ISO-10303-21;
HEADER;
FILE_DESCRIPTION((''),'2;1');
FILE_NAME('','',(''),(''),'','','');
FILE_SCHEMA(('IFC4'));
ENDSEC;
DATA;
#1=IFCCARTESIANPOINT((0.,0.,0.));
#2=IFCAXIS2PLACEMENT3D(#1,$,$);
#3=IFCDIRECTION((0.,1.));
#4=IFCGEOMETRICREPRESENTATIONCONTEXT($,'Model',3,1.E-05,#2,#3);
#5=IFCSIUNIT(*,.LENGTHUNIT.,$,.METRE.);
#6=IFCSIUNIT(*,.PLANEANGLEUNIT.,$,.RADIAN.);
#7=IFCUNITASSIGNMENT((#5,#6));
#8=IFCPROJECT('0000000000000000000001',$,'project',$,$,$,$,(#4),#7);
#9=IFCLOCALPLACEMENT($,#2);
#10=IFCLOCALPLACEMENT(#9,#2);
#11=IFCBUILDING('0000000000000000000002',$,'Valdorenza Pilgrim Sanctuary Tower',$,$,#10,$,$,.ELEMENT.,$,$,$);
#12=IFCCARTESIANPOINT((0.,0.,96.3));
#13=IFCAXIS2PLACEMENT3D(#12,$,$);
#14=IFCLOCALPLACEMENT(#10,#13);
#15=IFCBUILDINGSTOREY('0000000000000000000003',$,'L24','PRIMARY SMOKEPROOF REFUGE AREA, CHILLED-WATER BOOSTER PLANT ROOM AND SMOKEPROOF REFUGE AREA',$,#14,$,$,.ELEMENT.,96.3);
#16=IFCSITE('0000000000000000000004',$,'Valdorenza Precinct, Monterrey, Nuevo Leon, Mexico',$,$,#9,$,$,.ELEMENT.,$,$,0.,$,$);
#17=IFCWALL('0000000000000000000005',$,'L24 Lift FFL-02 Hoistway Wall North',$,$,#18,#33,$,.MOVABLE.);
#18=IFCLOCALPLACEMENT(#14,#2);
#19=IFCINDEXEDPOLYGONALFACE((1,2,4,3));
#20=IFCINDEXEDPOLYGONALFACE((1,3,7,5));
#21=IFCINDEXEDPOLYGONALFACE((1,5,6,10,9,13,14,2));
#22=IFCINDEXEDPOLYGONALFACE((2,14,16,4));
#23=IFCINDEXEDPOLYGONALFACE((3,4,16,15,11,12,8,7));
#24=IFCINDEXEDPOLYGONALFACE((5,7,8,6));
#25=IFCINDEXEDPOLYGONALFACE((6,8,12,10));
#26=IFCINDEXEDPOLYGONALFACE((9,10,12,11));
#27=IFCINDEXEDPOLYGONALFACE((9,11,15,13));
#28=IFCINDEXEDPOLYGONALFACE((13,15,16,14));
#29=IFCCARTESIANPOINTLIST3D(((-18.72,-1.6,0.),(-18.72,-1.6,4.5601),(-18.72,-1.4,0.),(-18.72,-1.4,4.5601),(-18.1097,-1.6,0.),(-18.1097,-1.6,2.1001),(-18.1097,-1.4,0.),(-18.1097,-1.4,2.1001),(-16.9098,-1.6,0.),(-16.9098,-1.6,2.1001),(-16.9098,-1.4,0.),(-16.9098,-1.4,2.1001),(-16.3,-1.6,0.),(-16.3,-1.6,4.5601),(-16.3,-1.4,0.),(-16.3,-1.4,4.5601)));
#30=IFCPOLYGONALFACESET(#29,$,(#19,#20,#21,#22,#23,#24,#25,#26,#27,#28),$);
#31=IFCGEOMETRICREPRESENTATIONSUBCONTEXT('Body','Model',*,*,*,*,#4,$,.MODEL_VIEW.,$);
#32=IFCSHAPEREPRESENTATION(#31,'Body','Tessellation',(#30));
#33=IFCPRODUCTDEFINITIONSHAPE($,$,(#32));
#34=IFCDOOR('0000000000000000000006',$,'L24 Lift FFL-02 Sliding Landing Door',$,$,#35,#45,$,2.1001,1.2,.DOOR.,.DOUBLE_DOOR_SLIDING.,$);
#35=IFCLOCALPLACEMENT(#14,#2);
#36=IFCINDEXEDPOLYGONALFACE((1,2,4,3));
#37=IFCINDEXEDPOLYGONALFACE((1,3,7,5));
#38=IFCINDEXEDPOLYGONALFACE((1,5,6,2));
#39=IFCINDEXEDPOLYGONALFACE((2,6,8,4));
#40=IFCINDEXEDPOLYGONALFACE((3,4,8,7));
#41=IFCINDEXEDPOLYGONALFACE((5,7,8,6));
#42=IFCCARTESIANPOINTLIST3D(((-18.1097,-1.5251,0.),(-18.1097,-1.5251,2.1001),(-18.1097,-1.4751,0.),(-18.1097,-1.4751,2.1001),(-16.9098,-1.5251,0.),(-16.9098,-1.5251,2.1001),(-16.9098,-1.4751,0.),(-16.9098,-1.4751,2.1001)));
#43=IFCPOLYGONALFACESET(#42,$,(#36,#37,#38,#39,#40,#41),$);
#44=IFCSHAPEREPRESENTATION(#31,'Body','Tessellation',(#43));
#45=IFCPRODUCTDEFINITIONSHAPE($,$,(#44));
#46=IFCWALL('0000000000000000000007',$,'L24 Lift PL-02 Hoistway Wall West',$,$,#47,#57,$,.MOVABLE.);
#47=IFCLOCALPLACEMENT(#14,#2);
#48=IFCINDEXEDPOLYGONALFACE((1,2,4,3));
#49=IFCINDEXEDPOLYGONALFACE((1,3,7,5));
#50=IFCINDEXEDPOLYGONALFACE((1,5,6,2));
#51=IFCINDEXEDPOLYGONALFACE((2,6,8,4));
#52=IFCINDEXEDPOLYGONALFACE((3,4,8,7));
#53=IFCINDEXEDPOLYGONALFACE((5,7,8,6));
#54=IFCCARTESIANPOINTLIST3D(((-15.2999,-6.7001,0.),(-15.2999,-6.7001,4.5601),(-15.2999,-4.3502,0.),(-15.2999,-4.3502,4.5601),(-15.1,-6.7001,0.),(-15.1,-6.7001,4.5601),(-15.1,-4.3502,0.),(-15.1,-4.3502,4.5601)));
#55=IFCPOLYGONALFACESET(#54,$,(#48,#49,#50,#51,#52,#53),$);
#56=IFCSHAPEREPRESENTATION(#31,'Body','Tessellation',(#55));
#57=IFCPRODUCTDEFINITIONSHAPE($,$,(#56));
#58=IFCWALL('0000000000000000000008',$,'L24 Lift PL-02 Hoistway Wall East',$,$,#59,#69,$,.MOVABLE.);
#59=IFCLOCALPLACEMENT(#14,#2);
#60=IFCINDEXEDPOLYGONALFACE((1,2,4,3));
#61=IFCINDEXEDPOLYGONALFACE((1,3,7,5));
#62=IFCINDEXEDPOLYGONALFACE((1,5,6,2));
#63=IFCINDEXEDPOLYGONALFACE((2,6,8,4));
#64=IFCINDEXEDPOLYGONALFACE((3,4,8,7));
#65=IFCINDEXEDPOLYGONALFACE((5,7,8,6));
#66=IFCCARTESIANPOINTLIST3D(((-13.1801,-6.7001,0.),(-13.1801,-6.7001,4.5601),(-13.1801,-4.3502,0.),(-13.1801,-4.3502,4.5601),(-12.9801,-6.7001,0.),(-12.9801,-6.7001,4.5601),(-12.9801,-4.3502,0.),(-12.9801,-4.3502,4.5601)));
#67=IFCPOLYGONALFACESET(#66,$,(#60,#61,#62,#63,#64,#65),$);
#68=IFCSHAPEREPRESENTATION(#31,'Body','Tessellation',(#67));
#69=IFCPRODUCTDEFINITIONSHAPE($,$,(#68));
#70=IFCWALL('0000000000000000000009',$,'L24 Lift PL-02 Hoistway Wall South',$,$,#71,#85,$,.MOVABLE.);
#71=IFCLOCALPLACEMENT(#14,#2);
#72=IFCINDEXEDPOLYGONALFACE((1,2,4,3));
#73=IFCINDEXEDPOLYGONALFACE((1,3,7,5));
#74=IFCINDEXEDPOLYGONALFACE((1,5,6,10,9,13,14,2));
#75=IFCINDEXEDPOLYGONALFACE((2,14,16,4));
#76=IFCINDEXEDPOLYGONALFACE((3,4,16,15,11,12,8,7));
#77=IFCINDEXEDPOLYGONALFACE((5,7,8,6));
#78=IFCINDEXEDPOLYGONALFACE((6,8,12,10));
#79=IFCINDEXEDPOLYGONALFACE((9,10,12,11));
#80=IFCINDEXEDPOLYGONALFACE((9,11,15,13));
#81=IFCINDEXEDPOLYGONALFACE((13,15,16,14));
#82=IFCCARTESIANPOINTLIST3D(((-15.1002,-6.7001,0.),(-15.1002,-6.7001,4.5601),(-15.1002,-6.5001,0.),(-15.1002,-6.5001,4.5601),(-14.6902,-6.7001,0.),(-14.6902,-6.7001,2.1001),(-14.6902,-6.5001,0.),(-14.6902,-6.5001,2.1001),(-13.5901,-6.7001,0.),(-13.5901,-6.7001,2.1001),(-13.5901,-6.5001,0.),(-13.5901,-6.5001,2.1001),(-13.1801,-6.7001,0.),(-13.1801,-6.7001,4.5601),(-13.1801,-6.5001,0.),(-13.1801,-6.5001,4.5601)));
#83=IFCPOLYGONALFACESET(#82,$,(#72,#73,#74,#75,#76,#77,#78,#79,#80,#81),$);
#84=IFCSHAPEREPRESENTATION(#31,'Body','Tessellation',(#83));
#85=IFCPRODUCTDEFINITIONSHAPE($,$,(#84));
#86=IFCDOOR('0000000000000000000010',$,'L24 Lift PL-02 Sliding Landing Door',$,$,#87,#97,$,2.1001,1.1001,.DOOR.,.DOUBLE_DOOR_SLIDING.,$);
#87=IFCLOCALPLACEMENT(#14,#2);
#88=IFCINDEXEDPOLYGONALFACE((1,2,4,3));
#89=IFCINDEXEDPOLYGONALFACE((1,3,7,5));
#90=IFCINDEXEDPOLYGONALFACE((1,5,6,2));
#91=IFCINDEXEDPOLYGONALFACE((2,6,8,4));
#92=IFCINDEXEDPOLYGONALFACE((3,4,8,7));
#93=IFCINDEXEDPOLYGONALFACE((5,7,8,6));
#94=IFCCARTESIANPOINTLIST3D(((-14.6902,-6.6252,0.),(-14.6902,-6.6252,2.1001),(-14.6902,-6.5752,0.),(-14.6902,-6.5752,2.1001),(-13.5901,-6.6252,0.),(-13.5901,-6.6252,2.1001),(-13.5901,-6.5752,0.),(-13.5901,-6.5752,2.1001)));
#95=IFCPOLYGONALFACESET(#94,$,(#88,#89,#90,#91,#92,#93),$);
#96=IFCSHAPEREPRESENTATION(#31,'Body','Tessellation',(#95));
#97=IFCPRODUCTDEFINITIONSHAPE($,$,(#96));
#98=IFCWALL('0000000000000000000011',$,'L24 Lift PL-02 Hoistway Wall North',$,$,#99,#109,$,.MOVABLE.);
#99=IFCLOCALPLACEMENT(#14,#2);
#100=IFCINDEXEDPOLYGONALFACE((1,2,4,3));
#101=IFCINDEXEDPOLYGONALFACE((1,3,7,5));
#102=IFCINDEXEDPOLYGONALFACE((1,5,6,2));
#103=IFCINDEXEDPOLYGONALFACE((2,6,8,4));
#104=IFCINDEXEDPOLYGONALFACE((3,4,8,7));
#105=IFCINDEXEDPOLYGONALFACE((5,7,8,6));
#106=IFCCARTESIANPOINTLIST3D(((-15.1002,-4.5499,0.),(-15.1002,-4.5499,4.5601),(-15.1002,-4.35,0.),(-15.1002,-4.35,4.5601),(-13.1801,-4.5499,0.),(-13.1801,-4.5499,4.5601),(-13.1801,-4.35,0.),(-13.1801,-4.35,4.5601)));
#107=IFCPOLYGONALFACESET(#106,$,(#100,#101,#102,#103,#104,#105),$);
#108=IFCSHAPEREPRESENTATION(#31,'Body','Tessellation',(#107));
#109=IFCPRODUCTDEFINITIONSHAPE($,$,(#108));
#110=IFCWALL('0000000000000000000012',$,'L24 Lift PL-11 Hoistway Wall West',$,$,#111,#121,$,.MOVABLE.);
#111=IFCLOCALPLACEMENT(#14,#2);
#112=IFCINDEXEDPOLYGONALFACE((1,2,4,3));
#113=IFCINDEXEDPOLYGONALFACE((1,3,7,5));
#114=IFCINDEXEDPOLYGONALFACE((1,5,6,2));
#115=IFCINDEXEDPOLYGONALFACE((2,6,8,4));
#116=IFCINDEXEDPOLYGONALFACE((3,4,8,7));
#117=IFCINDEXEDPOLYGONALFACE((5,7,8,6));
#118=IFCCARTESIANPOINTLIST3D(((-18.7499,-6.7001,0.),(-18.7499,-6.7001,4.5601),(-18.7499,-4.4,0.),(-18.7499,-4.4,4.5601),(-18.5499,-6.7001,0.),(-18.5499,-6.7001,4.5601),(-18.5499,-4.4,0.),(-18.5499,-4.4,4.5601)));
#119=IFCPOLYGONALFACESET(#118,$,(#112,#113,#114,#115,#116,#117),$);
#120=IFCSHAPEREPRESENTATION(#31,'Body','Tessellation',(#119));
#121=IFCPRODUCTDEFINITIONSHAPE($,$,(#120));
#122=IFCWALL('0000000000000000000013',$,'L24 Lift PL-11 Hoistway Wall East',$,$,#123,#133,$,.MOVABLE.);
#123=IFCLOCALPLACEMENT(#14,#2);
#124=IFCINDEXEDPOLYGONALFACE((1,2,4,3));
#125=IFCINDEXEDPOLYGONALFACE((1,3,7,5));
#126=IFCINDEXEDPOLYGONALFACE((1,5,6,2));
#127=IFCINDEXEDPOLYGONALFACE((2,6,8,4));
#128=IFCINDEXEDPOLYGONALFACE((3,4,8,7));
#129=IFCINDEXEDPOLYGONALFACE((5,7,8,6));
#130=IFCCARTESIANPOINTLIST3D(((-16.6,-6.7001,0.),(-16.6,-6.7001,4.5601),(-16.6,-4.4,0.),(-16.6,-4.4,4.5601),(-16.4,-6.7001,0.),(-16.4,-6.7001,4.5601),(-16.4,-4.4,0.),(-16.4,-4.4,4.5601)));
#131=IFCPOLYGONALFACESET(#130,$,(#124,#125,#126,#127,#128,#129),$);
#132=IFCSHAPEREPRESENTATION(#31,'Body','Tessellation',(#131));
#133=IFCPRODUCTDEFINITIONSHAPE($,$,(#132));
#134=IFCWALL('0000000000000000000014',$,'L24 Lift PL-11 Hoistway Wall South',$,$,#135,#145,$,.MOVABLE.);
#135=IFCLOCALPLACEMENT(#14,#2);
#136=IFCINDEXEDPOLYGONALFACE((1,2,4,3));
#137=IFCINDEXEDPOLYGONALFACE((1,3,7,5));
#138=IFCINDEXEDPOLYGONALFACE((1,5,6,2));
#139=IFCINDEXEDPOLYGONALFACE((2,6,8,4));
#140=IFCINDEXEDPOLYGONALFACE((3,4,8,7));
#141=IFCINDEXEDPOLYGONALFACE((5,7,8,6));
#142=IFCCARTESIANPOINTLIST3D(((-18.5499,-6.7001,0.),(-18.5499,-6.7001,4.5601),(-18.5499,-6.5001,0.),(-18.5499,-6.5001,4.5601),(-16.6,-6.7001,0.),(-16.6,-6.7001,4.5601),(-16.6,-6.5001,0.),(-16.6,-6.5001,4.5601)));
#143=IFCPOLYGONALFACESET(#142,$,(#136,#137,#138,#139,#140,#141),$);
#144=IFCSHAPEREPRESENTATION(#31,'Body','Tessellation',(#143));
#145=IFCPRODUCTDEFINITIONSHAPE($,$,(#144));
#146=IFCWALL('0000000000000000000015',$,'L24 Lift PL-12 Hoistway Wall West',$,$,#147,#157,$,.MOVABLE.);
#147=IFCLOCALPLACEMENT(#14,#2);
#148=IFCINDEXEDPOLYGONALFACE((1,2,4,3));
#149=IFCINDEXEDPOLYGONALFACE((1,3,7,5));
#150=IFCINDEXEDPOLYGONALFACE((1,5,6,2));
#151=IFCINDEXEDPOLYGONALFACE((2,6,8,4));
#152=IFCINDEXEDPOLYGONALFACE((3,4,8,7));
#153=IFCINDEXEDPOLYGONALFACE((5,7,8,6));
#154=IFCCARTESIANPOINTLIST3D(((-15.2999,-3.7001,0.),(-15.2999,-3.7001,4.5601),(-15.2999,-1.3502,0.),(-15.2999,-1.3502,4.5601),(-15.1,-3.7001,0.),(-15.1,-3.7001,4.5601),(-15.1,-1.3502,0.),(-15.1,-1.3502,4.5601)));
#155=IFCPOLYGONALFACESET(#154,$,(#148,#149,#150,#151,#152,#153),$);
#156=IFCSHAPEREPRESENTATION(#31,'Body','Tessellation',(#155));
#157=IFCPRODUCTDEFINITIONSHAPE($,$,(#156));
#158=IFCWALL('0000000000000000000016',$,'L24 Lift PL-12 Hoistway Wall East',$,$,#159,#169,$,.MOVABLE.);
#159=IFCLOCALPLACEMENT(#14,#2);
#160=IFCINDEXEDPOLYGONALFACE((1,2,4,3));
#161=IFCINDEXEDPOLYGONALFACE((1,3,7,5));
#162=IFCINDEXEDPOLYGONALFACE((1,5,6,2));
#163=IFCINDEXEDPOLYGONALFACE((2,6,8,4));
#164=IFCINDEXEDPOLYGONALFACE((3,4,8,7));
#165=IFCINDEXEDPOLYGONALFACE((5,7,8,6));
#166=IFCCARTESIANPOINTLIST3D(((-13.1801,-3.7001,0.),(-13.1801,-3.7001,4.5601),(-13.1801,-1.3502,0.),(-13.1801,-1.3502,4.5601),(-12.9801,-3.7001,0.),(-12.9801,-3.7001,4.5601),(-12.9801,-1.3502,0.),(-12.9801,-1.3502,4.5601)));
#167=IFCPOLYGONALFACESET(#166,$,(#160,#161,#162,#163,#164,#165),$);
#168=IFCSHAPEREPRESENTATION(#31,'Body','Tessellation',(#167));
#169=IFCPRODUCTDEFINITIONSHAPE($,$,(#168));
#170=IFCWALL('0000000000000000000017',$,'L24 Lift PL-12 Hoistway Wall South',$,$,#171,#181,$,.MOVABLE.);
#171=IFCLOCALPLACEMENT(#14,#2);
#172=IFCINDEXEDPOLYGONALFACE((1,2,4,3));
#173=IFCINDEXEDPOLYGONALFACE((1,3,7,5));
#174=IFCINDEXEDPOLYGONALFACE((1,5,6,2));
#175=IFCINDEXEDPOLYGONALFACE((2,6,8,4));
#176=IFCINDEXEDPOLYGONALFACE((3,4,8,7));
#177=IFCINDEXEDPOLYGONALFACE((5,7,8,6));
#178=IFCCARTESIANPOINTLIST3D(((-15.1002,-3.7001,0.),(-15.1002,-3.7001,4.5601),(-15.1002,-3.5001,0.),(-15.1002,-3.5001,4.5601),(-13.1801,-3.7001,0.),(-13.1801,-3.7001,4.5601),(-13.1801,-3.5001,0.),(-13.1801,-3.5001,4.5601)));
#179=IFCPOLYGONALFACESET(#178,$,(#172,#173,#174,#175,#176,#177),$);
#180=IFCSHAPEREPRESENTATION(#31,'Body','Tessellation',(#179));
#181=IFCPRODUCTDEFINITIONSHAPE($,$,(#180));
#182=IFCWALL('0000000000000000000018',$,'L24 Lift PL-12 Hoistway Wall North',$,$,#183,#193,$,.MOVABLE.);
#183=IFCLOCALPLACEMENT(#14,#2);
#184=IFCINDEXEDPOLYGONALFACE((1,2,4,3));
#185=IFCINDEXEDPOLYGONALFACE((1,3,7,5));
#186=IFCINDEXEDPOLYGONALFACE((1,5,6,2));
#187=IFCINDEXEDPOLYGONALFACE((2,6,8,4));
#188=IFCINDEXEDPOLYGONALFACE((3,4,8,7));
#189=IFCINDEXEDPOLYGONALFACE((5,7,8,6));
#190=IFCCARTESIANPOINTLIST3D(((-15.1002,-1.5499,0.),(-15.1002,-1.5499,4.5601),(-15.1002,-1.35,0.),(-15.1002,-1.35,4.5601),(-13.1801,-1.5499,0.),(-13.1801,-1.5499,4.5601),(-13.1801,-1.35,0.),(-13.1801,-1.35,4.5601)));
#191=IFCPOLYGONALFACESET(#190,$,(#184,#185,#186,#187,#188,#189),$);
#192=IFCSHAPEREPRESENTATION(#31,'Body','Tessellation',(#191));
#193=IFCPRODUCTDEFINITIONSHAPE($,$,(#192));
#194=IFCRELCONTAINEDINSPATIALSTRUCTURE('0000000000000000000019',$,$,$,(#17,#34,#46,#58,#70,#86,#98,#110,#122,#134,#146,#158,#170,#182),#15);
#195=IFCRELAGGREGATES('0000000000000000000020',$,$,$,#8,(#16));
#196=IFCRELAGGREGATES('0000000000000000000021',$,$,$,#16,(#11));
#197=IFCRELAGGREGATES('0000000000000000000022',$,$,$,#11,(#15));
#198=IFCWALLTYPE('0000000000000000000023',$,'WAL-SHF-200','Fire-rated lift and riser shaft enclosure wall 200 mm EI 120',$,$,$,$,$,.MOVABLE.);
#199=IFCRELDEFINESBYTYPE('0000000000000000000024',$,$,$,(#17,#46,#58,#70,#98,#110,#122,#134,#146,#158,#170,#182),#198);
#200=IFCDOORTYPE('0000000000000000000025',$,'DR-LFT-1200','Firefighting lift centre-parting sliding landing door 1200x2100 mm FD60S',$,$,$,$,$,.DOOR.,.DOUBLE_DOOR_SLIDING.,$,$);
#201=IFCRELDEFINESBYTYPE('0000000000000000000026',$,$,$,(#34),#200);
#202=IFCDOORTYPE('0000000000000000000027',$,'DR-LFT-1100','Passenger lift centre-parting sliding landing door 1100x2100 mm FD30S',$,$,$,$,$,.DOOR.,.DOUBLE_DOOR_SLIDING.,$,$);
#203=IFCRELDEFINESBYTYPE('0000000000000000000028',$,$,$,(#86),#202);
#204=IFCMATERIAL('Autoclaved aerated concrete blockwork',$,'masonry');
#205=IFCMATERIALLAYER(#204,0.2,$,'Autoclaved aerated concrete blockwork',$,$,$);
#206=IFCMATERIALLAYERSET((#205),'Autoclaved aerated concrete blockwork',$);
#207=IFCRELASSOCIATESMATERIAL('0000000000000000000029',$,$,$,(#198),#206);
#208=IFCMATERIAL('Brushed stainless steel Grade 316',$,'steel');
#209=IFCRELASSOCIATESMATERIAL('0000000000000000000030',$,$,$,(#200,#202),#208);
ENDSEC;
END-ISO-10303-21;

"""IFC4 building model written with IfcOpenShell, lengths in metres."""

from ifc_helpers import new_model, si_unit, direction, frame, frame_2d, origin, place, context, subcontext, project, spatial, rectangle, extrude, material, layer, layer_set, type_object, element, fill, save


model = new_model("IFC4")

# Units and contexts
model_context = context("Model", 3, precision=1e-05, world=origin(), true_north=direction((0.0, 1.0)))
body_context = subcontext(model_context, "Body", "Model", "MODEL_VIEW")
ifc_project = project(units=[si_unit("LENGTHUNIT", "METRE"), si_unit("PLANEANGLEUNIT", "RADIAN")], contexts=[model_context])

# Site, building, storey
site_placement = place(None, origin())
site = spatial("IfcSite", under=ifc_project, at=site_placement, Name="Valdorenza Precinct, Monterrey, Nuevo Leon, Mexico", CompositionType="ELEMENT", RefElevation=0.0)
building_placement = place(site_placement, origin())
building = spatial("IfcBuilding", under=site, at=building_placement, Name="Valdorenza Pilgrim Sanctuary Tower", CompositionType="ELEMENT")
storey_placement = place(building_placement, frame((0.0, 0.0, 96.3)))
storey = spatial("IfcBuildingStorey", under=building, at=storey_placement, Name="L24", Description="PRIMARY SMOKEPROOF REFUGE AREA, CHILLED-WATER BOOSTER PLANT ROOM AND SMOKEPROOF REFUGE AREA", CompositionType="ELEMENT", Elevation=96.3)

# Shared definitions
ifc_material_1 = material(Name="Autoclaved aerated concrete blockwork", Category="masonry")
ifc_layer_1 = layer(ifc_material_1, 0.2, Name="Autoclaved aerated concrete blockwork")
ifc_layer_set_1 = layer_set([ifc_layer_1], Name="Autoclaved aerated concrete blockwork")
wall_type_1 = type_object("IfcWallType", Name="WAL-SHF-200", Description="Fire-rated lift and riser shaft enclosure wall 200 mm EI 120", PredefinedType="MOVABLE", material=ifc_layer_set_1)

# Wall, opening, door
wall_1_placement = place(storey_placement, frame((-18.72, -1.5, 0.0), z_axis=(0.0, 0.0, 1.0), x_axis=(1.0, 0.0, 0.0)))
wall_1 = element("IfcWall", 1, at=wall_1_placement, inside=storey, type_object=wall_type_1, Name="L24 Lift FFL-02 Hoistway Wall North", PredefinedType="MOVABLE", context=body_context, shape_type="SweptSolid", body=[
    extrude(rectangle(XDim=2.4199, YDim=0.2, at=frame_2d((1.21, 0.0))), origin(), (0.0, 0.0, 1.0), 4.5601),
])
opening_1_placement = place(wall_1_placement, frame((0.6101, 0.0, 0.0)))
opening_1 = element("IfcOpeningElement", 2, at=opening_1_placement, cuts=wall_1, PredefinedType="OPENING", context=body_context, shape_type="SweptSolid", body=[
    extrude(rectangle(XDim=1.2, YDim=2.1001, at=frame_2d((0.6001, 1.05))), frame((0.0, 0.1147, 0.0), z_axis=(0.0, -1.0, 0.0), x_axis=(1.0, 0.0, 0.0)), (0.0, 0.0, 1.0), 0.2297),
])
ifc_material_2 = material(Name="Brushed stainless steel Grade 316", Category="steel")
door_type_1 = type_object("IfcDoorType", Name="DR-LFT-1200", Description="Firefighting lift centre-parting sliding landing door 1200x2100 mm FD60S", OperationType="DOUBLE_DOOR_SLIDING", PredefinedType="DOOR", material=ifc_material_2)
door_1_placement = place(opening_1_placement, origin())
door_1 = element("IfcDoor", 3, at=door_1_placement, inside=storey, type_object=door_type_1, Name="L24 Lift FFL-02 Sliding Landing Door", OperationType="DOUBLE_DOOR_SLIDING", OverallHeight=2.1001, OverallWidth=1.2, PredefinedType="DOOR", context=body_context, shape_type="SweptSolid", body=[
    extrude(rectangle(XDim=1.2, YDim=2.1001, at=frame_2d((0.6001, 1.05))), frame((0.0, 0.0249, 0.0), z_axis=(0.0, -1.0, 0.0), x_axis=(1.0, 0.0, 0.0)), (0.0, 0.0, 1.0), 0.05),
])
fill(opening_1, door_1)

# Walls
for number, where, z_axis, x_axis, name in (
    (4, (-15.2, -6.7, 0.0), (0.0, 0.0, 1.0), (0.0, 1.0, 0.0), "L24 Lift PL-02 Hoistway Wall West"),
    (5, (-13.0801, -6.7, 0.0), (0.0, 0.0, 1.0), (0.0, 1.0, 0.0), "L24 Lift PL-02 Hoistway Wall East"),
):
    element("IfcWall", number, at=place(storey_placement, frame(where, z_axis=z_axis, x_axis=x_axis)), inside=storey, type_object=wall_type_1, Name=name, PredefinedType="MOVABLE", context=body_context, shape_type="SweptSolid", body=[
        extrude(rectangle(XDim=2.3499, YDim=0.2, at=frame_2d((1.1748, 0.0))), origin(), (0.0, 0.0, 1.0), 4.5601),
    ])

# Wall, opening, door
wall_2_placement = place(storey_placement, frame((-15.1001, -6.6001, 0.0), z_axis=(0.0, 0.0, 1.0), x_axis=(1.0, 0.0, 0.0)))
wall_2 = element("IfcWall", 6, at=wall_2_placement, inside=storey, type_object=wall_type_1, Name="L24 Lift PL-02 Hoistway Wall South", PredefinedType="MOVABLE", context=body_context, shape_type="SweptSolid", body=[
    extrude(rectangle(XDim=1.9202, YDim=0.2, at=frame_2d((0.96, 0.0))), origin(), (0.0, 0.0, 1.0), 4.5601),
])
opening_2_placement = place(wall_2_placement, frame((0.4099, 0.0, 0.0)))
opening_2 = element("IfcOpeningElement", 7, at=opening_2_placement, cuts=wall_2, PredefinedType="OPENING", context=body_context, shape_type="SweptSolid", body=[
    extrude(rectangle(XDim=1.1001, YDim=2.1001, at=frame_2d((0.55, 1.05))), frame((0.0, 0.1147, 0.0), z_axis=(0.0, -1.0, 0.0), x_axis=(1.0, 0.0, 0.0)), (0.0, 0.0, 1.0), 0.2297),
])
door_type_2 = type_object("IfcDoorType", Name="DR-LFT-1100", Description="Passenger lift centre-parting sliding landing door 1100x2100 mm FD30S", OperationType="DOUBLE_DOOR_SLIDING", PredefinedType="DOOR", material=ifc_material_2)
door_2_placement = place(opening_2_placement, origin())
door_2 = element("IfcDoor", 8, at=door_2_placement, inside=storey, type_object=door_type_2, Name="L24 Lift PL-02 Sliding Landing Door", OperationType="DOUBLE_DOOR_SLIDING", OverallHeight=2.1001, OverallWidth=1.1001, PredefinedType="DOOR", context=body_context, shape_type="SweptSolid", body=[
    extrude(rectangle(XDim=1.1001, YDim=2.1001, at=frame_2d((0.55, 1.05))), frame((0.0, 0.0249, 0.0), z_axis=(0.0, -1.0, 0.0), x_axis=(1.0, 0.0, 0.0)), (0.0, 0.0, 1.0), 0.05),
])
fill(opening_2, door_2)

# Walls
wall_3_placement = place(storey_placement, frame((-15.1001, -4.45, 0.0), z_axis=(0.0, 0.0, 1.0), x_axis=(1.0, 0.0, 0.0)))
element("IfcWall", 9, at=wall_3_placement, inside=storey, type_object=wall_type_1, Name="L24 Lift PL-02 Hoistway Wall North", PredefinedType="MOVABLE", context=body_context, shape_type="SweptSolid", body=[
    extrude(rectangle(XDim=1.9202, YDim=0.2, at=frame_2d((0.96, 0.0))), origin(), (0.0, 0.0, 1.0), 4.5601),
])
for number, where, z_axis, x_axis, name in (
    (10, (-18.6499, -6.7, 0.0), (0.0, 0.0, 1.0), (0.0, 1.0, 0.0), "L24 Lift PL-11 Hoistway Wall West"),
    (11, (-16.5, -6.7, 0.0), (0.0, 0.0, 1.0), (0.0, 1.0, 0.0), "L24 Lift PL-11 Hoistway Wall East"),
):
    element("IfcWall", number, at=place(storey_placement, frame(where, z_axis=z_axis, x_axis=x_axis)), inside=storey, type_object=wall_type_1, Name=name, PredefinedType="MOVABLE", context=body_context, shape_type="SweptSolid", body=[
        extrude(rectangle(XDim=2.3, YDim=0.2, at=frame_2d((1.1499, 0.0))), origin(), (0.0, 0.0, 1.0), 4.5601),
    ])
wall_4_placement = place(storey_placement, frame((-18.55, -6.6001, 0.0), z_axis=(0.0, 0.0, 1.0), x_axis=(1.0, 0.0, 0.0)))
element("IfcWall", 12, at=wall_4_placement, inside=storey, type_object=wall_type_1, Name="L24 Lift PL-11 Hoistway Wall South", PredefinedType="MOVABLE", context=body_context, shape_type="SweptSolid", body=[
    extrude(rectangle(XDim=1.95, YDim=0.2, at=frame_2d((0.9751, 0.0))), origin(), (0.0, 0.0, 1.0), 4.5601),
])
for number, where, z_axis, x_axis, name in (
    (13, (-15.2, -3.7, 0.0), (0.0, 0.0, 1.0), (0.0, 1.0, 0.0), "L24 Lift PL-12 Hoistway Wall West"),
    (14, (-13.0801, -3.7, 0.0), (0.0, 0.0, 1.0), (0.0, 1.0, 0.0), "L24 Lift PL-12 Hoistway Wall East"),
):
    element("IfcWall", number, at=place(storey_placement, frame(where, z_axis=z_axis, x_axis=x_axis)), inside=storey, type_object=wall_type_1, Name=name, PredefinedType="MOVABLE", context=body_context, shape_type="SweptSolid", body=[
        extrude(rectangle(XDim=2.3499, YDim=0.2, at=frame_2d((1.1748, 0.0))), origin(), (0.0, 0.0, 1.0), 4.5601),
    ])
for number, where, z_axis, x_axis, name in (
    (15, (-15.1001, -3.6001, 0.0), (0.0, 0.0, 1.0), (1.0, 0.0, 0.0), "L24 Lift PL-12 Hoistway Wall South"),
    (16, (-15.1001, -1.45, 0.0), (0.0, 0.0, 1.0), (1.0, 0.0, 0.0), "L24 Lift PL-12 Hoistway Wall North"),
):
    element("IfcWall", number, at=place(storey_placement, frame(where, z_axis=z_axis, x_axis=x_axis)), inside=storey, type_object=wall_type_1, Name=name, PredefinedType="MOVABLE", context=body_context, shape_type="SweptSolid", body=[
        extrude(rectangle(XDim=1.9202, YDim=0.2, at=frame_2d((0.96, 0.0))), origin(), (0.0, 0.0, 1.0), 4.5601),
    ])

save(model, "model.ifc")
